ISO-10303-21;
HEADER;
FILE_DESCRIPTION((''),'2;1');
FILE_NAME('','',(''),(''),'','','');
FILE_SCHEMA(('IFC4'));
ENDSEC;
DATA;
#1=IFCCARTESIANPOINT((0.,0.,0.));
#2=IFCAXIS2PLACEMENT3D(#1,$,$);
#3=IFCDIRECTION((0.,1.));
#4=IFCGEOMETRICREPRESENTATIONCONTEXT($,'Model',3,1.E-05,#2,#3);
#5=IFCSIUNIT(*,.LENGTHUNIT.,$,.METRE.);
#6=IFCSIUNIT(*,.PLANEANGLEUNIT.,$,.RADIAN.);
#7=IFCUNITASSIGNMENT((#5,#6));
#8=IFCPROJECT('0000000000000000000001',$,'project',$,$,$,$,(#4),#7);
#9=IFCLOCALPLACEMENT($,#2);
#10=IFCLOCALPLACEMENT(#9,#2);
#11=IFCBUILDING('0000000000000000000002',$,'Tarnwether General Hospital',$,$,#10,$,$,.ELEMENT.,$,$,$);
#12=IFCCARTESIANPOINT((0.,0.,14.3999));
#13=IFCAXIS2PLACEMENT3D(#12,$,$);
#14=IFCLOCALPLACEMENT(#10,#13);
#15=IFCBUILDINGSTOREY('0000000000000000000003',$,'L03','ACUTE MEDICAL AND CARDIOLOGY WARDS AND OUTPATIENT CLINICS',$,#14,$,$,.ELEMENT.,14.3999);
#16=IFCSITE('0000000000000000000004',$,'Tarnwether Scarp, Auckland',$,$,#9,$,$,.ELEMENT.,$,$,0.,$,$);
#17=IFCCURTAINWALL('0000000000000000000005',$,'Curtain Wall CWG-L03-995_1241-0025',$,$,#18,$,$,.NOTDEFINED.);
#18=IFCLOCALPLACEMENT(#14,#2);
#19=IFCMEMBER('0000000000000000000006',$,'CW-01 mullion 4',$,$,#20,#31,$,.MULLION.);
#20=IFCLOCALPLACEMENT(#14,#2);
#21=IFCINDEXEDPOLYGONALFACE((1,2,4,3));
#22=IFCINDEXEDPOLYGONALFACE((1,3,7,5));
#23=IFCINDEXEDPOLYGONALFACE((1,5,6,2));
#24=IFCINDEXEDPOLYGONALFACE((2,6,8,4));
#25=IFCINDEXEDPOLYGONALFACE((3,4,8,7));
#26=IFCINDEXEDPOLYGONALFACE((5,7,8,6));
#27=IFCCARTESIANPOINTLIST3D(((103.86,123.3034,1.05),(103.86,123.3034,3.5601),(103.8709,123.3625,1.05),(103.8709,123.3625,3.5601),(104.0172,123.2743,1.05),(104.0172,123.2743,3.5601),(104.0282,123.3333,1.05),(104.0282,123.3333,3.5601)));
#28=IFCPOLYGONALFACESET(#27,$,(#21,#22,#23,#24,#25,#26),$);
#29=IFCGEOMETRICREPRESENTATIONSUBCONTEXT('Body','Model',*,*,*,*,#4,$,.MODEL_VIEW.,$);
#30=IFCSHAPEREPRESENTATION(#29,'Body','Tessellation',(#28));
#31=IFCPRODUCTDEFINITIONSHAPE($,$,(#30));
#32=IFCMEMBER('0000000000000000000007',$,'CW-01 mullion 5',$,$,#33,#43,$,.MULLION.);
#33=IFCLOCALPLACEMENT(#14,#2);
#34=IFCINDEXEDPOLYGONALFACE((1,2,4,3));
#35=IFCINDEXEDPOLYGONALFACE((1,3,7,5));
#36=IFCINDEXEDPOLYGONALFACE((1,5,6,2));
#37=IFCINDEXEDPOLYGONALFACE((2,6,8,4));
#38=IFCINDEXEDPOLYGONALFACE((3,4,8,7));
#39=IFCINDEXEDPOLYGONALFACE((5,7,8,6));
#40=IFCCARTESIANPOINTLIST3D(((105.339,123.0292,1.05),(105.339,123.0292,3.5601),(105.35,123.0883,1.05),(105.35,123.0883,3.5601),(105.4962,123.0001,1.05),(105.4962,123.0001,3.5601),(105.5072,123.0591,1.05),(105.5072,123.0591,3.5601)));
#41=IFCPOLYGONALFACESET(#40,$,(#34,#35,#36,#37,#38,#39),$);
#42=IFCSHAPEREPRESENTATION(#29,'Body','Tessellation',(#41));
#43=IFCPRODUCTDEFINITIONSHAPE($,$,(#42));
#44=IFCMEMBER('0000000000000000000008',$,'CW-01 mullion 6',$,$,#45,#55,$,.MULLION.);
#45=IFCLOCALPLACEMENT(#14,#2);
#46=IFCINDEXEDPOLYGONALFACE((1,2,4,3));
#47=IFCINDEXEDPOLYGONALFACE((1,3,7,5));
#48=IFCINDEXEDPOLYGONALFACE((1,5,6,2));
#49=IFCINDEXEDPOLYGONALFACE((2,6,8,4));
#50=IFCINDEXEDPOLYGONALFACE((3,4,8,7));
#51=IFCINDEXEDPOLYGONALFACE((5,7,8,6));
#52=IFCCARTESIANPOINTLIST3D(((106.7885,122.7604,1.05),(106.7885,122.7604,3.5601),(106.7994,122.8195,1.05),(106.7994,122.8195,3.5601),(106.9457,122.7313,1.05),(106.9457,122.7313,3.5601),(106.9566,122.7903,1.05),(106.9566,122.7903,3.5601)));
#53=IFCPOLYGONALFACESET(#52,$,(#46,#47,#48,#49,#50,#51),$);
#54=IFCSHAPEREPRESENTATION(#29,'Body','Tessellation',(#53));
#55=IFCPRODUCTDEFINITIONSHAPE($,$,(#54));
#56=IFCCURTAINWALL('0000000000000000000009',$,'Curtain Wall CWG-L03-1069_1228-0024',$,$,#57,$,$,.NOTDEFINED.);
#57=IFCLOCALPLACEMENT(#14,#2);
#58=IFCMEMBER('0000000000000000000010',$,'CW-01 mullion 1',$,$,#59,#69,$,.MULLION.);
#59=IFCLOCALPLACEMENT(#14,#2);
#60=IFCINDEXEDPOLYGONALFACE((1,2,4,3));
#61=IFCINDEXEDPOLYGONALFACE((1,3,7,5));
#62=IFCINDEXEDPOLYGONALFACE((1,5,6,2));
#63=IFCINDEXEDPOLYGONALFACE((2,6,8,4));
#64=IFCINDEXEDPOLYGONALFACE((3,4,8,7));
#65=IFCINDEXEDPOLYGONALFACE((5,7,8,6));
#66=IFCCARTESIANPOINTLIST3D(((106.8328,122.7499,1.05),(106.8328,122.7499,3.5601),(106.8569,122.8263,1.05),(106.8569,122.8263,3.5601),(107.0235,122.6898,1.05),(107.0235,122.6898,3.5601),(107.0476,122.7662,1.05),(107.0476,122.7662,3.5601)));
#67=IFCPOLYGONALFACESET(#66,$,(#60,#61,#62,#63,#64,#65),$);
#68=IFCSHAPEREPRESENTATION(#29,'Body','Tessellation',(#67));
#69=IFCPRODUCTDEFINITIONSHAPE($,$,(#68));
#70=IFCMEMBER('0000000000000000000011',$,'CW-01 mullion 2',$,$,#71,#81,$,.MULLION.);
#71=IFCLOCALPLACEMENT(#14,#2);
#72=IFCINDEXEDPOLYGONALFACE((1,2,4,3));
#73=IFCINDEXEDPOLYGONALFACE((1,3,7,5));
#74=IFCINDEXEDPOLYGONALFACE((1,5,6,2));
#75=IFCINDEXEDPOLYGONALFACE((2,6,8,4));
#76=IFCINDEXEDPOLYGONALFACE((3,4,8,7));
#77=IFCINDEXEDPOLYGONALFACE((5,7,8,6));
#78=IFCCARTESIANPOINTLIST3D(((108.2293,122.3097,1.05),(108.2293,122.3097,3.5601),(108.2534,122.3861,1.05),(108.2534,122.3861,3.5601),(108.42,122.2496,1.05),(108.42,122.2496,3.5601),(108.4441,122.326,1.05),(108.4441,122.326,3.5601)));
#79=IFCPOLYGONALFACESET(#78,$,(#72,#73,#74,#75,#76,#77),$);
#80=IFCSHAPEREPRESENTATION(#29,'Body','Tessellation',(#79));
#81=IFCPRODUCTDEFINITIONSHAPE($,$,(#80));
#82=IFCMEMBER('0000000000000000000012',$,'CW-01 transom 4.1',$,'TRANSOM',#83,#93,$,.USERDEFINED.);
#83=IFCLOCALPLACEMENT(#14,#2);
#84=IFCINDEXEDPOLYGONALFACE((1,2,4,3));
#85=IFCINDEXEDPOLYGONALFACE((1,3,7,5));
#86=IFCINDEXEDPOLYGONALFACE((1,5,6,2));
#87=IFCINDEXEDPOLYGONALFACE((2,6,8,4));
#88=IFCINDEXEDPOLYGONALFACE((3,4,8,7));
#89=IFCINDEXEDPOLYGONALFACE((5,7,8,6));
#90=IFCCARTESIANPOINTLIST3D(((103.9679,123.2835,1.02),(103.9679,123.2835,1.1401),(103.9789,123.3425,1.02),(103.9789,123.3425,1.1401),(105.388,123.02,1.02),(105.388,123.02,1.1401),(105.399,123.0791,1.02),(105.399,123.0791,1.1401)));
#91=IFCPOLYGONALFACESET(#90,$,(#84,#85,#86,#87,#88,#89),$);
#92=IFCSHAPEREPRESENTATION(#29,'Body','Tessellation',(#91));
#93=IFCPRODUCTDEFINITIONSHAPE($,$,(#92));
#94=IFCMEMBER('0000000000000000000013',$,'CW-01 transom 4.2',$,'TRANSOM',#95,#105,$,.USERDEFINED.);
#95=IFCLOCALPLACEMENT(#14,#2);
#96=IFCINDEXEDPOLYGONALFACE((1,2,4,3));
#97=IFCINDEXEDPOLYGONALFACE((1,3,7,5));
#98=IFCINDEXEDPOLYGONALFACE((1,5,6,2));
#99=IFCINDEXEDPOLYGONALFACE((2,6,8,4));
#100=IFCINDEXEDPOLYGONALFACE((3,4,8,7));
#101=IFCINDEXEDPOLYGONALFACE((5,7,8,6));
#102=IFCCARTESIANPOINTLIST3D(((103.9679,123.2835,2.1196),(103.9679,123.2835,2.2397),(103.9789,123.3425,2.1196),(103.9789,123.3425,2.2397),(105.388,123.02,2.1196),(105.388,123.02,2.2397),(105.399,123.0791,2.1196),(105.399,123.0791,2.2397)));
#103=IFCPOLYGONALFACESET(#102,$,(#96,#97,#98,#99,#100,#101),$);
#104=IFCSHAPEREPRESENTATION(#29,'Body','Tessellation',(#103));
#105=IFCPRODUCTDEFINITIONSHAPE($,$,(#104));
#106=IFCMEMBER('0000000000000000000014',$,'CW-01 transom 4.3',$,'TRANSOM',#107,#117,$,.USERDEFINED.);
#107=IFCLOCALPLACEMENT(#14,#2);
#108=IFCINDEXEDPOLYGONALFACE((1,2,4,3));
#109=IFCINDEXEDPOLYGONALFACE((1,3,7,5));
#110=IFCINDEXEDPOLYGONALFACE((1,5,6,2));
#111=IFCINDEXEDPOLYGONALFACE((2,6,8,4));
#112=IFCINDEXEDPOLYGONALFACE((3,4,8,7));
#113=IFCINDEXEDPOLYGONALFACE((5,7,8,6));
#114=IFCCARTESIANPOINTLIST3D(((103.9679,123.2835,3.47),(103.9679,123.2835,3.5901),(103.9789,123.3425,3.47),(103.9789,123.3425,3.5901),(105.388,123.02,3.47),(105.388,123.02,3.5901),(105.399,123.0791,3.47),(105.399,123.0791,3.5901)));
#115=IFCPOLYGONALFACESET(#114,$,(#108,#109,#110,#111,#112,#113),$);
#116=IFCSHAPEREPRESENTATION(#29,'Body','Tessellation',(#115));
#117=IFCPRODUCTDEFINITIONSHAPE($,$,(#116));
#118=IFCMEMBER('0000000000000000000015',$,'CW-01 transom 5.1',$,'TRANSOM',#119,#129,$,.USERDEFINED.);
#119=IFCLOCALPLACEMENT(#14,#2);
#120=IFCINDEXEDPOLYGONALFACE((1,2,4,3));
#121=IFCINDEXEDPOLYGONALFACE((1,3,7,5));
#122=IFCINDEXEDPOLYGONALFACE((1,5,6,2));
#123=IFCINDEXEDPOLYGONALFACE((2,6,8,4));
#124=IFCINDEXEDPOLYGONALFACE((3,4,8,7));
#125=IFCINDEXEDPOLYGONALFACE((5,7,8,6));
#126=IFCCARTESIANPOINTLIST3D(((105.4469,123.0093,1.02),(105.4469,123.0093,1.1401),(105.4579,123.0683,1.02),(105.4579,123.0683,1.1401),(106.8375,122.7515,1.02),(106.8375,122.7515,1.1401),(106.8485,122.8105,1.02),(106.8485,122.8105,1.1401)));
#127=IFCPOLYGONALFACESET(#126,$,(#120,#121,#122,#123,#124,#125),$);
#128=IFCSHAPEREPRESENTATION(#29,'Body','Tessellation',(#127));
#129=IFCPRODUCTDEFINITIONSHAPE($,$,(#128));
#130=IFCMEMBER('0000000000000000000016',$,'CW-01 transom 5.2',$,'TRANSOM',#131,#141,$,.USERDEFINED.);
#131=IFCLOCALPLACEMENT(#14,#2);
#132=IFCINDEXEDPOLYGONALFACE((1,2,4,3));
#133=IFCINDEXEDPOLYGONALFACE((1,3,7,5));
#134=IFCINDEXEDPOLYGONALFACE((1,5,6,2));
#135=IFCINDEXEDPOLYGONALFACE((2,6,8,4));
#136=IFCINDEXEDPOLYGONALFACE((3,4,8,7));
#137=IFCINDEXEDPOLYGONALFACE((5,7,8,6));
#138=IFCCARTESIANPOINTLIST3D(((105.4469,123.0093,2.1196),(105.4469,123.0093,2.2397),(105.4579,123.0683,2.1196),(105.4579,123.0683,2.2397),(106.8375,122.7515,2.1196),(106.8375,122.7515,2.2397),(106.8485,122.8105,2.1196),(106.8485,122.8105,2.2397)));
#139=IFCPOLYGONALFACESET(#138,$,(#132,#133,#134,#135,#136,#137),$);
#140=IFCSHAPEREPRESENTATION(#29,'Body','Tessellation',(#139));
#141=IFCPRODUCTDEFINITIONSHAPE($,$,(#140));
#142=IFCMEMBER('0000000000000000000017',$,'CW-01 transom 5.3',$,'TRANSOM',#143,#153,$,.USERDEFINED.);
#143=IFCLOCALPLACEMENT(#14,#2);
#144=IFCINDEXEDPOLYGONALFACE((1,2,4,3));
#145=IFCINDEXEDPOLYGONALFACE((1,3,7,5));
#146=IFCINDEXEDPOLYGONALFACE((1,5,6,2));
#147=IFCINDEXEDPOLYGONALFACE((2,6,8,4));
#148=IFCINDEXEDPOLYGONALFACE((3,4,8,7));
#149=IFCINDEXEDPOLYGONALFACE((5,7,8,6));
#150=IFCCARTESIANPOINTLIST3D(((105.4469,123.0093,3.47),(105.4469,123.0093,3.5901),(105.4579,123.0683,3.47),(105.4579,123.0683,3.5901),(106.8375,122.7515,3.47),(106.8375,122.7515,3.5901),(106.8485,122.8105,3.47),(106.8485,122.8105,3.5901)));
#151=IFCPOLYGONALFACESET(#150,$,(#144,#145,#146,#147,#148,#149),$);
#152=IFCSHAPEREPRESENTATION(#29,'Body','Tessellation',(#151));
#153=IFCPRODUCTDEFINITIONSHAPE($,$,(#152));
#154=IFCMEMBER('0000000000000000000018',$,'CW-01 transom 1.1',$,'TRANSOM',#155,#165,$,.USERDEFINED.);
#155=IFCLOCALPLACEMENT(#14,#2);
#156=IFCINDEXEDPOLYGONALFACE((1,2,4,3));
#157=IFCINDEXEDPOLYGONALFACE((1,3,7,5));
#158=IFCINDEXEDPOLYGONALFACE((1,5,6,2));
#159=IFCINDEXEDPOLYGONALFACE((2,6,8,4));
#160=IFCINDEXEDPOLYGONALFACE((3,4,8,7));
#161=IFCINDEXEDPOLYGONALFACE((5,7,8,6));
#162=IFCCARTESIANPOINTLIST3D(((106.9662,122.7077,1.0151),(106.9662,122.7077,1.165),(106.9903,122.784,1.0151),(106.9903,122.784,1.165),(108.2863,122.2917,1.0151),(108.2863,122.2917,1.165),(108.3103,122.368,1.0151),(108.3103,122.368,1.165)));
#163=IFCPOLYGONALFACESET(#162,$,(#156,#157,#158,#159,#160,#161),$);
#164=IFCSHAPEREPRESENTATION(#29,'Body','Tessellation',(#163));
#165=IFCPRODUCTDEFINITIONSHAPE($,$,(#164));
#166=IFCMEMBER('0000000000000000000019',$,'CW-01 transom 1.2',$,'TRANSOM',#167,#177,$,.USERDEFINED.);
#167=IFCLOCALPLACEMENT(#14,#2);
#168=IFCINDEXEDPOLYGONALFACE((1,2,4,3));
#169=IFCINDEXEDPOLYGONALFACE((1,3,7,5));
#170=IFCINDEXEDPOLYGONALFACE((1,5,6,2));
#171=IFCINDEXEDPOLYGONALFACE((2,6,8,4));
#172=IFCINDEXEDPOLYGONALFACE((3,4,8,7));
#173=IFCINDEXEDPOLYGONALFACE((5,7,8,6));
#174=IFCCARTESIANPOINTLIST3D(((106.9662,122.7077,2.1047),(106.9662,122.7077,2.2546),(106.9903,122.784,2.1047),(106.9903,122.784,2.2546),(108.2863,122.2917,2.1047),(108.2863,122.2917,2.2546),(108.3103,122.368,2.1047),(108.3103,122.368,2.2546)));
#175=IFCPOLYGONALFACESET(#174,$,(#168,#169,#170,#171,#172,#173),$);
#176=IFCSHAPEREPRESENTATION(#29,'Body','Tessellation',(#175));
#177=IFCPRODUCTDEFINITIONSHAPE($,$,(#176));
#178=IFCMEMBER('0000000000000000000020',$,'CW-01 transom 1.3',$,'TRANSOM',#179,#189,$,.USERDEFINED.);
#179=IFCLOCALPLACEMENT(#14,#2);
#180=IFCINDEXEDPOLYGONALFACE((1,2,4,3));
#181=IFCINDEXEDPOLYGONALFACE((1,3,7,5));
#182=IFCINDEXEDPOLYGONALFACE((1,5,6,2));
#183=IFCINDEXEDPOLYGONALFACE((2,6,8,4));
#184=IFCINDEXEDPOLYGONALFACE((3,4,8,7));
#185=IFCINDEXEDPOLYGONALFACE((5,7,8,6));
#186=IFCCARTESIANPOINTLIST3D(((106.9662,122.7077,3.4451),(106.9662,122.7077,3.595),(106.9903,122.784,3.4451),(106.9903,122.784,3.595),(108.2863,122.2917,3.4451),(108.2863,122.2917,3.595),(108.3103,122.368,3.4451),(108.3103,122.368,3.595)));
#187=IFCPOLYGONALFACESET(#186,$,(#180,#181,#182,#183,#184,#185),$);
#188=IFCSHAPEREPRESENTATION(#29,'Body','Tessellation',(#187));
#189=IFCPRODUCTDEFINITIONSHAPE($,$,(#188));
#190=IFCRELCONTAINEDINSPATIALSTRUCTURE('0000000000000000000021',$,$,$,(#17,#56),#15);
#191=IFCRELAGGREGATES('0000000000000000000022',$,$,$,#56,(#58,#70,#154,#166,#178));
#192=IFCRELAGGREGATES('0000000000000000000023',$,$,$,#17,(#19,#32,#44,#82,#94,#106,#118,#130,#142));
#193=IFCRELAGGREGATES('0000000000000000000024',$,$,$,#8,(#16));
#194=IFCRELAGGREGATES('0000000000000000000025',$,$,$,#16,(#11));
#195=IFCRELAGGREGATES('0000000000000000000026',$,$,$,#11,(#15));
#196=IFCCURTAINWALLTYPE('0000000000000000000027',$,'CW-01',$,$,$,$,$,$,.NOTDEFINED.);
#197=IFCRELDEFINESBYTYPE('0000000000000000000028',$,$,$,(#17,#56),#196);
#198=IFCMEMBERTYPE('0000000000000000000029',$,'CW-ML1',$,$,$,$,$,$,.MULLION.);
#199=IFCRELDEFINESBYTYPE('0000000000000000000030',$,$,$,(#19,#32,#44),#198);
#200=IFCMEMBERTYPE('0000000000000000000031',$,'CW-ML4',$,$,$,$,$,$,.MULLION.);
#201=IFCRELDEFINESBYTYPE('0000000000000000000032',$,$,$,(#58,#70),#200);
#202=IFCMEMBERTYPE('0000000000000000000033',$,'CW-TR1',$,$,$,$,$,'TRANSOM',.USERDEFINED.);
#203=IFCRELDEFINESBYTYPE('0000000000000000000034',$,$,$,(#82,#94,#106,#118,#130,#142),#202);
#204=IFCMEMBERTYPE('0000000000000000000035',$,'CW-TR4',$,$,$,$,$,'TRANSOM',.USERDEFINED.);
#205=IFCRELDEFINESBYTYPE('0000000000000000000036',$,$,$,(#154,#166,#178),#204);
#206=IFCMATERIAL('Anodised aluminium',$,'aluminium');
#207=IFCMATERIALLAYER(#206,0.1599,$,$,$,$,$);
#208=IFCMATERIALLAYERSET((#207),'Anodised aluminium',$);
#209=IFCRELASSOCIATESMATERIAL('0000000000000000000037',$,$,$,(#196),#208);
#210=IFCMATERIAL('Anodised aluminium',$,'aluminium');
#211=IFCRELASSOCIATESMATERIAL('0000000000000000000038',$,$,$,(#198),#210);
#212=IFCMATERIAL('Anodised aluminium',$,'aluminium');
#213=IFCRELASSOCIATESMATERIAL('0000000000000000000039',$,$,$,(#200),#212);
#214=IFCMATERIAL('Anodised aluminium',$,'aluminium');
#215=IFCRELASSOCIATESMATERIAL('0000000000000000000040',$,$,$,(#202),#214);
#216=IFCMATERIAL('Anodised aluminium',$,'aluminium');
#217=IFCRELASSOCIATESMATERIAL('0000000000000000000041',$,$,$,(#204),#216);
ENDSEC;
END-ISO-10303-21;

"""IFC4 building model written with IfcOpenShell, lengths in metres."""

from ifc_helpers import new_model, si_unit, direction, frame, origin, origin_2d, place, context, subcontext, project, spatial, rectangle, extrude, material, layer, layer_set, material_profile, profile_set, type_object, element, aggregate, save


model = new_model("IFC4")

# Units and contexts
model_context = context("Model", 3, precision=1e-05, world=origin(), true_north=direction((0.0, 1.0)))
body_context = subcontext(model_context, "Body", "Model", "MODEL_VIEW")
ifc_project = project(units=[si_unit("LENGTHUNIT", "METRE"), si_unit("PLANEANGLEUNIT", "RADIAN")], contexts=[model_context])

# Site, building, storey
site_placement = place(None, origin())
site = spatial("IfcSite", under=ifc_project, at=site_placement, Name="Tarnwether Scarp, Auckland", CompositionType="ELEMENT", RefElevation=0.0)
building_placement = place(site_placement, origin())
building = spatial("IfcBuilding", under=site, at=building_placement, Name="Tarnwether General Hospital", CompositionType="ELEMENT")
storey_placement = place(building_placement, frame((0.0, 0.0, 14.3999)))
storey = spatial("IfcBuildingStorey", under=building, at=storey_placement, Name="L03", Description="ACUTE MEDICAL AND CARDIOLOGY WARDS AND OUTPATIENT CLINICS", CompositionType="ELEMENT", Elevation=14.3999)

# Curtain walls, members
ifc_material_1 = material(Name="Anodised aluminium", Category="aluminium")
ifc_layer_1 = layer(ifc_material_1, 0.1599)
ifc_layer_set_1 = layer_set([ifc_layer_1], Name="Anodised aluminium")
curtain_wall_type = type_object("IfcCurtainWallType", Name="CW-01", PredefinedType="NOTDEFINED", material=ifc_layer_set_1)
curtain_wall_1_placement = place(storey_placement, origin())
curtain_wall_1 = element("IfcCurtainWall", 1, at=curtain_wall_1_placement, inside=storey, type_object=curtain_wall_type, Name="Curtain Wall CWG-L03-995_1241-0025", PredefinedType="NOTDEFINED")
ifc_material_2 = material(Name="Anodised aluminium", Category="aluminium")
ifc_material_profile_1 = material_profile(ifc_material_2, rectangle(XDim=0.0601, YDim=0.1599, at=origin_2d()), Name="ALU-MUL-60x160")
ifc_profile_set_1 = profile_set([ifc_material_profile_1], Name="Anodised aluminium")
member_type_1 = type_object("IfcMemberType", Name="CW-ML1", PredefinedType="MULLION", material=ifc_profile_set_1)
member_1_placement = place(storey_placement, frame((103.9441, 123.3184, 1.05), z_axis=(0.0, 0.0, 1.0), x_axis=(0.182289, 0.983245, 0.0)))
member_1 = element("IfcMember", 2, at=member_1_placement, type_object=member_type_1, Name="CW-01 mullion 4", PredefinedType="MULLION", context=body_context, shape_type="SweptSolid", body=[
    extrude(rectangle(XDim=0.0601, YDim=0.1599, at=origin_2d()), origin(), (0.0, 0.0, 1.0), 2.51),
])
member_2_placement = place(storey_placement, frame((105.4231, 123.0442, 1.05), z_axis=(0.0, 0.0, 1.0), x_axis=(0.182289, 0.983245, 0.0)))
member_2 = element("IfcMember", 3, at=member_2_placement, type_object=member_type_1, Name="CW-01 mullion 5", PredefinedType="MULLION", context=body_context, shape_type="SweptSolid", body=[
    extrude(rectangle(XDim=0.0601, YDim=0.1599, at=origin_2d()), origin(), (0.0, 0.0, 1.0), 2.51),
])
member_3_placement = place(storey_placement, frame((106.8726, 122.7754, 1.05), z_axis=(0.0, 0.0, 1.0), x_axis=(0.182289, 0.983245, 0.0)))
member_3 = element("IfcMember", 4, at=member_3_placement, type_object=member_type_1, Name="CW-01 mullion 6", PredefinedType="MULLION", context=body_context, shape_type="SweptSolid", body=[
    extrude(rectangle(XDim=0.0601, YDim=0.1599, at=origin_2d()), origin(), (0.0, 0.0, 1.0), 2.51),
])
curtain_wall_2_placement = place(storey_placement, origin())
curtain_wall_2 = element("IfcCurtainWall", 5, at=curtain_wall_2_placement, inside=storey, type_object=curtain_wall_type, Name="Curtain Wall CWG-L03-1069_1228-0024", PredefinedType="NOTDEFINED")
ifc_material_3 = material(Name="Anodised aluminium", Category="aluminium")
ifc_material_profile_2 = material_profile(ifc_material_3, rectangle(XDim=0.0801, YDim=0.2, at=origin_2d()), Name="ALU-MUL-80x200")
ifc_profile_set_2 = profile_set([ifc_material_profile_2], Name="Anodised aluminium")
member_type_2 = type_object("IfcMemberType", Name="CW-ML4", PredefinedType="MULLION", material=ifc_profile_set_2)
member_4_placement = place(storey_placement, frame((106.9402, 122.7581, 1.05), z_axis=(0.0, 0.0, 1.0), x_axis=(0.300629, 0.953741, 0.0)))
member_4 = element("IfcMember", 6, at=member_4_placement, type_object=member_type_2, Name="CW-01 mullion 1", PredefinedType="MULLION", context=body_context, shape_type="SweptSolid", body=[
    extrude(rectangle(XDim=0.0801, YDim=0.2, at=origin_2d()), origin(), (0.0, 0.0, 1.0), 2.51),
])
member_5_placement = place(storey_placement, frame((108.3367, 122.3179, 1.05), z_axis=(0.0, 0.0, 1.0), x_axis=(0.300629, 0.953741, 0.0)))
member_5 = element("IfcMember", 7, at=member_5_placement, type_object=member_type_2, Name="CW-01 mullion 2", PredefinedType="MULLION", context=body_context, shape_type="SweptSolid", body=[
    extrude(rectangle(XDim=0.0801, YDim=0.2, at=origin_2d()), origin(), (0.0, 0.0, 1.0), 2.51),
])

# Members
ifc_material_4 = material(Name="Anodised aluminium", Category="aluminium")
ifc_material_profile_3 = material_profile(ifc_material_4, rectangle(XDim=0.0601, YDim=0.1201, at=origin_2d()), Name="ALU-TRN-60x120")
ifc_profile_set_3 = profile_set([ifc_material_profile_3], Name="Anodised aluminium")
member_type_3 = type_object("IfcMemberType", Name="CW-TR1", ElementType="TRANSOM", PredefinedType="USERDEFINED", material=ifc_profile_set_3)
member_6_placement = place(storey_placement, frame((103.9734, 123.313, 1.0801), z_axis=(0.983228, -0.18238, 0.0), x_axis=(0.18238, 0.983228, 0.0)))
member_6 = element("IfcMember", 8, at=member_6_placement, type_object=member_type_3, Name="CW-01 transom 4.1", ObjectType="TRANSOM", PredefinedType="USERDEFINED", context=body_context, shape_type="SweptSolid", body=[
    extrude(rectangle(XDim=0.0601, YDim=0.1201, at=origin_2d()), origin(), (0.0, 0.0, 1.0), 1.4443),
])
member_7_placement = place(storey_placement, frame((103.9734, 123.313, 2.1797), z_axis=(0.983228, -0.18238, 0.0), x_axis=(0.18238, 0.983228, 0.0)))
member_7 = element("IfcMember", 9, at=member_7_placement, type_object=member_type_3, Name="CW-01 transom 4.2", ObjectType="TRANSOM", PredefinedType="USERDEFINED", context=body_context, shape_type="SweptSolid", body=[
    extrude(rectangle(XDim=0.0601, YDim=0.1201, at=origin_2d()), origin(), (0.0, 0.0, 1.0), 1.4443),
])
member_8_placement = place(storey_placement, frame((103.9734, 123.313, 3.53), z_axis=(0.983228, -0.18238, 0.0), x_axis=(0.18238, 0.983228, 0.0)))
member_8 = element("IfcMember", 10, at=member_8_placement, type_object=member_type_3, Name="CW-01 transom 4.3", ObjectType="TRANSOM", PredefinedType="USERDEFINED", context=body_context, shape_type="SweptSolid", body=[
    extrude(rectangle(XDim=0.0601, YDim=0.1201, at=origin_2d()), origin(), (0.0, 0.0, 1.0), 1.4443),
])
member_9_placement = place(storey_placement, frame((105.4524, 123.0388, 1.0801), z_axis=(0.983245, -0.182287, 0.0), x_axis=(0.182287, 0.983245, 0.0)))
member_9 = element("IfcMember", 11, at=member_9_placement, type_object=member_type_3, Name="CW-01 transom 5.1", ObjectType="TRANSOM", PredefinedType="USERDEFINED", context=body_context, shape_type="SweptSolid", body=[
    extrude(rectangle(XDim=0.0601, YDim=0.1201, at=origin_2d()), origin(), (0.0, 0.0, 1.0), 1.4143),
])
member_10_placement = place(storey_placement, frame((105.4524, 123.0388, 2.1797), z_axis=(0.983245, -0.182287, 0.0), x_axis=(0.182287, 0.983245, 0.0)))
member_10 = element("IfcMember", 12, at=member_10_placement, type_object=member_type_3, Name="CW-01 transom 5.2", ObjectType="TRANSOM", PredefinedType="USERDEFINED", context=body_context, shape_type="SweptSolid", body=[
    extrude(rectangle(XDim=0.0601, YDim=0.1201, at=origin_2d()), origin(), (0.0, 0.0, 1.0), 1.4143),
])
member_11_placement = place(storey_placement, frame((105.4524, 123.0388, 3.53), z_axis=(0.983245, -0.182287, 0.0), x_axis=(0.182287, 0.983245, 0.0)))
member_11 = element("IfcMember", 13, at=member_11_placement, type_object=member_type_3, Name="CW-01 transom 5.3", ObjectType="TRANSOM", PredefinedType="USERDEFINED", context=body_context, shape_type="SweptSolid", body=[
    extrude(rectangle(XDim=0.0601, YDim=0.1201, at=origin_2d()), origin(), (0.0, 0.0, 1.0), 1.4143),
])
ifc_material_5 = material(Name="Anodised aluminium", Category="aluminium")
ifc_material_profile_4 = material_profile(ifc_material_5, rectangle(XDim=0.0801, YDim=0.1499, at=origin_2d()), Name="ALU-TRN-80x150")
ifc_profile_set_4 = profile_set([ifc_material_profile_4], Name="Anodised aluminium")
member_type_4 = type_object("IfcMemberType", Name="CW-TR4", ElementType="TRANSOM", PredefinedType="USERDEFINED", material=ifc_profile_set_4)
member_12_placement = place(storey_placement, frame((106.9783, 122.7458, 1.0901), z_axis=(0.953758, -0.300574, 0.0), x_axis=(0.300574, 0.953758, 0.0)))
member_12 = element("IfcMember", 14, at=member_12_placement, type_object=member_type_4, Name="CW-01 transom 1.1", ObjectType="TRANSOM", PredefinedType="USERDEFINED", context=body_context, shape_type="SweptSolid", body=[
    extrude(rectangle(XDim=0.0801, YDim=0.1499, at=origin_2d()), origin(), (0.0, 0.0, 1.0), 1.384),
])
member_13_placement = place(storey_placement, frame((106.9783, 122.7458, 2.1797), z_axis=(0.953758, -0.300574, 0.0), x_axis=(0.300574, 0.953758, 0.0)))
member_13 = element("IfcMember", 15, at=member_13_placement, type_object=member_type_4, Name="CW-01 transom 1.2", ObjectType="TRANSOM", PredefinedType="USERDEFINED", context=body_context, shape_type="SweptSolid", body=[
    extrude(rectangle(XDim=0.0801, YDim=0.1499, at=origin_2d()), origin(), (0.0, 0.0, 1.0), 1.384),
])
member_14_placement = place(storey_placement, frame((106.9783, 122.7458, 3.52), z_axis=(0.953758, -0.300574, 0.0), x_axis=(0.300574, 0.953758, 0.0)))
member_14 = element("IfcMember", 16, at=member_14_placement, type_object=member_type_4, Name="CW-01 transom 1.3", ObjectType="TRANSOM", PredefinedType="USERDEFINED", context=body_context, shape_type="SweptSolid", body=[
    extrude(rectangle(XDim=0.0801, YDim=0.1499, at=origin_2d()), origin(), (0.0, 0.0, 1.0), 1.384),
])

aggregate(curtain_wall_2, [member_4, member_5, member_12, member_13, member_14])
aggregate(curtain_wall_1, [member_1, member_2, member_3, member_6, member_7, member_8, member_9, member_10, member_11])

save(model, "model.ifc")
